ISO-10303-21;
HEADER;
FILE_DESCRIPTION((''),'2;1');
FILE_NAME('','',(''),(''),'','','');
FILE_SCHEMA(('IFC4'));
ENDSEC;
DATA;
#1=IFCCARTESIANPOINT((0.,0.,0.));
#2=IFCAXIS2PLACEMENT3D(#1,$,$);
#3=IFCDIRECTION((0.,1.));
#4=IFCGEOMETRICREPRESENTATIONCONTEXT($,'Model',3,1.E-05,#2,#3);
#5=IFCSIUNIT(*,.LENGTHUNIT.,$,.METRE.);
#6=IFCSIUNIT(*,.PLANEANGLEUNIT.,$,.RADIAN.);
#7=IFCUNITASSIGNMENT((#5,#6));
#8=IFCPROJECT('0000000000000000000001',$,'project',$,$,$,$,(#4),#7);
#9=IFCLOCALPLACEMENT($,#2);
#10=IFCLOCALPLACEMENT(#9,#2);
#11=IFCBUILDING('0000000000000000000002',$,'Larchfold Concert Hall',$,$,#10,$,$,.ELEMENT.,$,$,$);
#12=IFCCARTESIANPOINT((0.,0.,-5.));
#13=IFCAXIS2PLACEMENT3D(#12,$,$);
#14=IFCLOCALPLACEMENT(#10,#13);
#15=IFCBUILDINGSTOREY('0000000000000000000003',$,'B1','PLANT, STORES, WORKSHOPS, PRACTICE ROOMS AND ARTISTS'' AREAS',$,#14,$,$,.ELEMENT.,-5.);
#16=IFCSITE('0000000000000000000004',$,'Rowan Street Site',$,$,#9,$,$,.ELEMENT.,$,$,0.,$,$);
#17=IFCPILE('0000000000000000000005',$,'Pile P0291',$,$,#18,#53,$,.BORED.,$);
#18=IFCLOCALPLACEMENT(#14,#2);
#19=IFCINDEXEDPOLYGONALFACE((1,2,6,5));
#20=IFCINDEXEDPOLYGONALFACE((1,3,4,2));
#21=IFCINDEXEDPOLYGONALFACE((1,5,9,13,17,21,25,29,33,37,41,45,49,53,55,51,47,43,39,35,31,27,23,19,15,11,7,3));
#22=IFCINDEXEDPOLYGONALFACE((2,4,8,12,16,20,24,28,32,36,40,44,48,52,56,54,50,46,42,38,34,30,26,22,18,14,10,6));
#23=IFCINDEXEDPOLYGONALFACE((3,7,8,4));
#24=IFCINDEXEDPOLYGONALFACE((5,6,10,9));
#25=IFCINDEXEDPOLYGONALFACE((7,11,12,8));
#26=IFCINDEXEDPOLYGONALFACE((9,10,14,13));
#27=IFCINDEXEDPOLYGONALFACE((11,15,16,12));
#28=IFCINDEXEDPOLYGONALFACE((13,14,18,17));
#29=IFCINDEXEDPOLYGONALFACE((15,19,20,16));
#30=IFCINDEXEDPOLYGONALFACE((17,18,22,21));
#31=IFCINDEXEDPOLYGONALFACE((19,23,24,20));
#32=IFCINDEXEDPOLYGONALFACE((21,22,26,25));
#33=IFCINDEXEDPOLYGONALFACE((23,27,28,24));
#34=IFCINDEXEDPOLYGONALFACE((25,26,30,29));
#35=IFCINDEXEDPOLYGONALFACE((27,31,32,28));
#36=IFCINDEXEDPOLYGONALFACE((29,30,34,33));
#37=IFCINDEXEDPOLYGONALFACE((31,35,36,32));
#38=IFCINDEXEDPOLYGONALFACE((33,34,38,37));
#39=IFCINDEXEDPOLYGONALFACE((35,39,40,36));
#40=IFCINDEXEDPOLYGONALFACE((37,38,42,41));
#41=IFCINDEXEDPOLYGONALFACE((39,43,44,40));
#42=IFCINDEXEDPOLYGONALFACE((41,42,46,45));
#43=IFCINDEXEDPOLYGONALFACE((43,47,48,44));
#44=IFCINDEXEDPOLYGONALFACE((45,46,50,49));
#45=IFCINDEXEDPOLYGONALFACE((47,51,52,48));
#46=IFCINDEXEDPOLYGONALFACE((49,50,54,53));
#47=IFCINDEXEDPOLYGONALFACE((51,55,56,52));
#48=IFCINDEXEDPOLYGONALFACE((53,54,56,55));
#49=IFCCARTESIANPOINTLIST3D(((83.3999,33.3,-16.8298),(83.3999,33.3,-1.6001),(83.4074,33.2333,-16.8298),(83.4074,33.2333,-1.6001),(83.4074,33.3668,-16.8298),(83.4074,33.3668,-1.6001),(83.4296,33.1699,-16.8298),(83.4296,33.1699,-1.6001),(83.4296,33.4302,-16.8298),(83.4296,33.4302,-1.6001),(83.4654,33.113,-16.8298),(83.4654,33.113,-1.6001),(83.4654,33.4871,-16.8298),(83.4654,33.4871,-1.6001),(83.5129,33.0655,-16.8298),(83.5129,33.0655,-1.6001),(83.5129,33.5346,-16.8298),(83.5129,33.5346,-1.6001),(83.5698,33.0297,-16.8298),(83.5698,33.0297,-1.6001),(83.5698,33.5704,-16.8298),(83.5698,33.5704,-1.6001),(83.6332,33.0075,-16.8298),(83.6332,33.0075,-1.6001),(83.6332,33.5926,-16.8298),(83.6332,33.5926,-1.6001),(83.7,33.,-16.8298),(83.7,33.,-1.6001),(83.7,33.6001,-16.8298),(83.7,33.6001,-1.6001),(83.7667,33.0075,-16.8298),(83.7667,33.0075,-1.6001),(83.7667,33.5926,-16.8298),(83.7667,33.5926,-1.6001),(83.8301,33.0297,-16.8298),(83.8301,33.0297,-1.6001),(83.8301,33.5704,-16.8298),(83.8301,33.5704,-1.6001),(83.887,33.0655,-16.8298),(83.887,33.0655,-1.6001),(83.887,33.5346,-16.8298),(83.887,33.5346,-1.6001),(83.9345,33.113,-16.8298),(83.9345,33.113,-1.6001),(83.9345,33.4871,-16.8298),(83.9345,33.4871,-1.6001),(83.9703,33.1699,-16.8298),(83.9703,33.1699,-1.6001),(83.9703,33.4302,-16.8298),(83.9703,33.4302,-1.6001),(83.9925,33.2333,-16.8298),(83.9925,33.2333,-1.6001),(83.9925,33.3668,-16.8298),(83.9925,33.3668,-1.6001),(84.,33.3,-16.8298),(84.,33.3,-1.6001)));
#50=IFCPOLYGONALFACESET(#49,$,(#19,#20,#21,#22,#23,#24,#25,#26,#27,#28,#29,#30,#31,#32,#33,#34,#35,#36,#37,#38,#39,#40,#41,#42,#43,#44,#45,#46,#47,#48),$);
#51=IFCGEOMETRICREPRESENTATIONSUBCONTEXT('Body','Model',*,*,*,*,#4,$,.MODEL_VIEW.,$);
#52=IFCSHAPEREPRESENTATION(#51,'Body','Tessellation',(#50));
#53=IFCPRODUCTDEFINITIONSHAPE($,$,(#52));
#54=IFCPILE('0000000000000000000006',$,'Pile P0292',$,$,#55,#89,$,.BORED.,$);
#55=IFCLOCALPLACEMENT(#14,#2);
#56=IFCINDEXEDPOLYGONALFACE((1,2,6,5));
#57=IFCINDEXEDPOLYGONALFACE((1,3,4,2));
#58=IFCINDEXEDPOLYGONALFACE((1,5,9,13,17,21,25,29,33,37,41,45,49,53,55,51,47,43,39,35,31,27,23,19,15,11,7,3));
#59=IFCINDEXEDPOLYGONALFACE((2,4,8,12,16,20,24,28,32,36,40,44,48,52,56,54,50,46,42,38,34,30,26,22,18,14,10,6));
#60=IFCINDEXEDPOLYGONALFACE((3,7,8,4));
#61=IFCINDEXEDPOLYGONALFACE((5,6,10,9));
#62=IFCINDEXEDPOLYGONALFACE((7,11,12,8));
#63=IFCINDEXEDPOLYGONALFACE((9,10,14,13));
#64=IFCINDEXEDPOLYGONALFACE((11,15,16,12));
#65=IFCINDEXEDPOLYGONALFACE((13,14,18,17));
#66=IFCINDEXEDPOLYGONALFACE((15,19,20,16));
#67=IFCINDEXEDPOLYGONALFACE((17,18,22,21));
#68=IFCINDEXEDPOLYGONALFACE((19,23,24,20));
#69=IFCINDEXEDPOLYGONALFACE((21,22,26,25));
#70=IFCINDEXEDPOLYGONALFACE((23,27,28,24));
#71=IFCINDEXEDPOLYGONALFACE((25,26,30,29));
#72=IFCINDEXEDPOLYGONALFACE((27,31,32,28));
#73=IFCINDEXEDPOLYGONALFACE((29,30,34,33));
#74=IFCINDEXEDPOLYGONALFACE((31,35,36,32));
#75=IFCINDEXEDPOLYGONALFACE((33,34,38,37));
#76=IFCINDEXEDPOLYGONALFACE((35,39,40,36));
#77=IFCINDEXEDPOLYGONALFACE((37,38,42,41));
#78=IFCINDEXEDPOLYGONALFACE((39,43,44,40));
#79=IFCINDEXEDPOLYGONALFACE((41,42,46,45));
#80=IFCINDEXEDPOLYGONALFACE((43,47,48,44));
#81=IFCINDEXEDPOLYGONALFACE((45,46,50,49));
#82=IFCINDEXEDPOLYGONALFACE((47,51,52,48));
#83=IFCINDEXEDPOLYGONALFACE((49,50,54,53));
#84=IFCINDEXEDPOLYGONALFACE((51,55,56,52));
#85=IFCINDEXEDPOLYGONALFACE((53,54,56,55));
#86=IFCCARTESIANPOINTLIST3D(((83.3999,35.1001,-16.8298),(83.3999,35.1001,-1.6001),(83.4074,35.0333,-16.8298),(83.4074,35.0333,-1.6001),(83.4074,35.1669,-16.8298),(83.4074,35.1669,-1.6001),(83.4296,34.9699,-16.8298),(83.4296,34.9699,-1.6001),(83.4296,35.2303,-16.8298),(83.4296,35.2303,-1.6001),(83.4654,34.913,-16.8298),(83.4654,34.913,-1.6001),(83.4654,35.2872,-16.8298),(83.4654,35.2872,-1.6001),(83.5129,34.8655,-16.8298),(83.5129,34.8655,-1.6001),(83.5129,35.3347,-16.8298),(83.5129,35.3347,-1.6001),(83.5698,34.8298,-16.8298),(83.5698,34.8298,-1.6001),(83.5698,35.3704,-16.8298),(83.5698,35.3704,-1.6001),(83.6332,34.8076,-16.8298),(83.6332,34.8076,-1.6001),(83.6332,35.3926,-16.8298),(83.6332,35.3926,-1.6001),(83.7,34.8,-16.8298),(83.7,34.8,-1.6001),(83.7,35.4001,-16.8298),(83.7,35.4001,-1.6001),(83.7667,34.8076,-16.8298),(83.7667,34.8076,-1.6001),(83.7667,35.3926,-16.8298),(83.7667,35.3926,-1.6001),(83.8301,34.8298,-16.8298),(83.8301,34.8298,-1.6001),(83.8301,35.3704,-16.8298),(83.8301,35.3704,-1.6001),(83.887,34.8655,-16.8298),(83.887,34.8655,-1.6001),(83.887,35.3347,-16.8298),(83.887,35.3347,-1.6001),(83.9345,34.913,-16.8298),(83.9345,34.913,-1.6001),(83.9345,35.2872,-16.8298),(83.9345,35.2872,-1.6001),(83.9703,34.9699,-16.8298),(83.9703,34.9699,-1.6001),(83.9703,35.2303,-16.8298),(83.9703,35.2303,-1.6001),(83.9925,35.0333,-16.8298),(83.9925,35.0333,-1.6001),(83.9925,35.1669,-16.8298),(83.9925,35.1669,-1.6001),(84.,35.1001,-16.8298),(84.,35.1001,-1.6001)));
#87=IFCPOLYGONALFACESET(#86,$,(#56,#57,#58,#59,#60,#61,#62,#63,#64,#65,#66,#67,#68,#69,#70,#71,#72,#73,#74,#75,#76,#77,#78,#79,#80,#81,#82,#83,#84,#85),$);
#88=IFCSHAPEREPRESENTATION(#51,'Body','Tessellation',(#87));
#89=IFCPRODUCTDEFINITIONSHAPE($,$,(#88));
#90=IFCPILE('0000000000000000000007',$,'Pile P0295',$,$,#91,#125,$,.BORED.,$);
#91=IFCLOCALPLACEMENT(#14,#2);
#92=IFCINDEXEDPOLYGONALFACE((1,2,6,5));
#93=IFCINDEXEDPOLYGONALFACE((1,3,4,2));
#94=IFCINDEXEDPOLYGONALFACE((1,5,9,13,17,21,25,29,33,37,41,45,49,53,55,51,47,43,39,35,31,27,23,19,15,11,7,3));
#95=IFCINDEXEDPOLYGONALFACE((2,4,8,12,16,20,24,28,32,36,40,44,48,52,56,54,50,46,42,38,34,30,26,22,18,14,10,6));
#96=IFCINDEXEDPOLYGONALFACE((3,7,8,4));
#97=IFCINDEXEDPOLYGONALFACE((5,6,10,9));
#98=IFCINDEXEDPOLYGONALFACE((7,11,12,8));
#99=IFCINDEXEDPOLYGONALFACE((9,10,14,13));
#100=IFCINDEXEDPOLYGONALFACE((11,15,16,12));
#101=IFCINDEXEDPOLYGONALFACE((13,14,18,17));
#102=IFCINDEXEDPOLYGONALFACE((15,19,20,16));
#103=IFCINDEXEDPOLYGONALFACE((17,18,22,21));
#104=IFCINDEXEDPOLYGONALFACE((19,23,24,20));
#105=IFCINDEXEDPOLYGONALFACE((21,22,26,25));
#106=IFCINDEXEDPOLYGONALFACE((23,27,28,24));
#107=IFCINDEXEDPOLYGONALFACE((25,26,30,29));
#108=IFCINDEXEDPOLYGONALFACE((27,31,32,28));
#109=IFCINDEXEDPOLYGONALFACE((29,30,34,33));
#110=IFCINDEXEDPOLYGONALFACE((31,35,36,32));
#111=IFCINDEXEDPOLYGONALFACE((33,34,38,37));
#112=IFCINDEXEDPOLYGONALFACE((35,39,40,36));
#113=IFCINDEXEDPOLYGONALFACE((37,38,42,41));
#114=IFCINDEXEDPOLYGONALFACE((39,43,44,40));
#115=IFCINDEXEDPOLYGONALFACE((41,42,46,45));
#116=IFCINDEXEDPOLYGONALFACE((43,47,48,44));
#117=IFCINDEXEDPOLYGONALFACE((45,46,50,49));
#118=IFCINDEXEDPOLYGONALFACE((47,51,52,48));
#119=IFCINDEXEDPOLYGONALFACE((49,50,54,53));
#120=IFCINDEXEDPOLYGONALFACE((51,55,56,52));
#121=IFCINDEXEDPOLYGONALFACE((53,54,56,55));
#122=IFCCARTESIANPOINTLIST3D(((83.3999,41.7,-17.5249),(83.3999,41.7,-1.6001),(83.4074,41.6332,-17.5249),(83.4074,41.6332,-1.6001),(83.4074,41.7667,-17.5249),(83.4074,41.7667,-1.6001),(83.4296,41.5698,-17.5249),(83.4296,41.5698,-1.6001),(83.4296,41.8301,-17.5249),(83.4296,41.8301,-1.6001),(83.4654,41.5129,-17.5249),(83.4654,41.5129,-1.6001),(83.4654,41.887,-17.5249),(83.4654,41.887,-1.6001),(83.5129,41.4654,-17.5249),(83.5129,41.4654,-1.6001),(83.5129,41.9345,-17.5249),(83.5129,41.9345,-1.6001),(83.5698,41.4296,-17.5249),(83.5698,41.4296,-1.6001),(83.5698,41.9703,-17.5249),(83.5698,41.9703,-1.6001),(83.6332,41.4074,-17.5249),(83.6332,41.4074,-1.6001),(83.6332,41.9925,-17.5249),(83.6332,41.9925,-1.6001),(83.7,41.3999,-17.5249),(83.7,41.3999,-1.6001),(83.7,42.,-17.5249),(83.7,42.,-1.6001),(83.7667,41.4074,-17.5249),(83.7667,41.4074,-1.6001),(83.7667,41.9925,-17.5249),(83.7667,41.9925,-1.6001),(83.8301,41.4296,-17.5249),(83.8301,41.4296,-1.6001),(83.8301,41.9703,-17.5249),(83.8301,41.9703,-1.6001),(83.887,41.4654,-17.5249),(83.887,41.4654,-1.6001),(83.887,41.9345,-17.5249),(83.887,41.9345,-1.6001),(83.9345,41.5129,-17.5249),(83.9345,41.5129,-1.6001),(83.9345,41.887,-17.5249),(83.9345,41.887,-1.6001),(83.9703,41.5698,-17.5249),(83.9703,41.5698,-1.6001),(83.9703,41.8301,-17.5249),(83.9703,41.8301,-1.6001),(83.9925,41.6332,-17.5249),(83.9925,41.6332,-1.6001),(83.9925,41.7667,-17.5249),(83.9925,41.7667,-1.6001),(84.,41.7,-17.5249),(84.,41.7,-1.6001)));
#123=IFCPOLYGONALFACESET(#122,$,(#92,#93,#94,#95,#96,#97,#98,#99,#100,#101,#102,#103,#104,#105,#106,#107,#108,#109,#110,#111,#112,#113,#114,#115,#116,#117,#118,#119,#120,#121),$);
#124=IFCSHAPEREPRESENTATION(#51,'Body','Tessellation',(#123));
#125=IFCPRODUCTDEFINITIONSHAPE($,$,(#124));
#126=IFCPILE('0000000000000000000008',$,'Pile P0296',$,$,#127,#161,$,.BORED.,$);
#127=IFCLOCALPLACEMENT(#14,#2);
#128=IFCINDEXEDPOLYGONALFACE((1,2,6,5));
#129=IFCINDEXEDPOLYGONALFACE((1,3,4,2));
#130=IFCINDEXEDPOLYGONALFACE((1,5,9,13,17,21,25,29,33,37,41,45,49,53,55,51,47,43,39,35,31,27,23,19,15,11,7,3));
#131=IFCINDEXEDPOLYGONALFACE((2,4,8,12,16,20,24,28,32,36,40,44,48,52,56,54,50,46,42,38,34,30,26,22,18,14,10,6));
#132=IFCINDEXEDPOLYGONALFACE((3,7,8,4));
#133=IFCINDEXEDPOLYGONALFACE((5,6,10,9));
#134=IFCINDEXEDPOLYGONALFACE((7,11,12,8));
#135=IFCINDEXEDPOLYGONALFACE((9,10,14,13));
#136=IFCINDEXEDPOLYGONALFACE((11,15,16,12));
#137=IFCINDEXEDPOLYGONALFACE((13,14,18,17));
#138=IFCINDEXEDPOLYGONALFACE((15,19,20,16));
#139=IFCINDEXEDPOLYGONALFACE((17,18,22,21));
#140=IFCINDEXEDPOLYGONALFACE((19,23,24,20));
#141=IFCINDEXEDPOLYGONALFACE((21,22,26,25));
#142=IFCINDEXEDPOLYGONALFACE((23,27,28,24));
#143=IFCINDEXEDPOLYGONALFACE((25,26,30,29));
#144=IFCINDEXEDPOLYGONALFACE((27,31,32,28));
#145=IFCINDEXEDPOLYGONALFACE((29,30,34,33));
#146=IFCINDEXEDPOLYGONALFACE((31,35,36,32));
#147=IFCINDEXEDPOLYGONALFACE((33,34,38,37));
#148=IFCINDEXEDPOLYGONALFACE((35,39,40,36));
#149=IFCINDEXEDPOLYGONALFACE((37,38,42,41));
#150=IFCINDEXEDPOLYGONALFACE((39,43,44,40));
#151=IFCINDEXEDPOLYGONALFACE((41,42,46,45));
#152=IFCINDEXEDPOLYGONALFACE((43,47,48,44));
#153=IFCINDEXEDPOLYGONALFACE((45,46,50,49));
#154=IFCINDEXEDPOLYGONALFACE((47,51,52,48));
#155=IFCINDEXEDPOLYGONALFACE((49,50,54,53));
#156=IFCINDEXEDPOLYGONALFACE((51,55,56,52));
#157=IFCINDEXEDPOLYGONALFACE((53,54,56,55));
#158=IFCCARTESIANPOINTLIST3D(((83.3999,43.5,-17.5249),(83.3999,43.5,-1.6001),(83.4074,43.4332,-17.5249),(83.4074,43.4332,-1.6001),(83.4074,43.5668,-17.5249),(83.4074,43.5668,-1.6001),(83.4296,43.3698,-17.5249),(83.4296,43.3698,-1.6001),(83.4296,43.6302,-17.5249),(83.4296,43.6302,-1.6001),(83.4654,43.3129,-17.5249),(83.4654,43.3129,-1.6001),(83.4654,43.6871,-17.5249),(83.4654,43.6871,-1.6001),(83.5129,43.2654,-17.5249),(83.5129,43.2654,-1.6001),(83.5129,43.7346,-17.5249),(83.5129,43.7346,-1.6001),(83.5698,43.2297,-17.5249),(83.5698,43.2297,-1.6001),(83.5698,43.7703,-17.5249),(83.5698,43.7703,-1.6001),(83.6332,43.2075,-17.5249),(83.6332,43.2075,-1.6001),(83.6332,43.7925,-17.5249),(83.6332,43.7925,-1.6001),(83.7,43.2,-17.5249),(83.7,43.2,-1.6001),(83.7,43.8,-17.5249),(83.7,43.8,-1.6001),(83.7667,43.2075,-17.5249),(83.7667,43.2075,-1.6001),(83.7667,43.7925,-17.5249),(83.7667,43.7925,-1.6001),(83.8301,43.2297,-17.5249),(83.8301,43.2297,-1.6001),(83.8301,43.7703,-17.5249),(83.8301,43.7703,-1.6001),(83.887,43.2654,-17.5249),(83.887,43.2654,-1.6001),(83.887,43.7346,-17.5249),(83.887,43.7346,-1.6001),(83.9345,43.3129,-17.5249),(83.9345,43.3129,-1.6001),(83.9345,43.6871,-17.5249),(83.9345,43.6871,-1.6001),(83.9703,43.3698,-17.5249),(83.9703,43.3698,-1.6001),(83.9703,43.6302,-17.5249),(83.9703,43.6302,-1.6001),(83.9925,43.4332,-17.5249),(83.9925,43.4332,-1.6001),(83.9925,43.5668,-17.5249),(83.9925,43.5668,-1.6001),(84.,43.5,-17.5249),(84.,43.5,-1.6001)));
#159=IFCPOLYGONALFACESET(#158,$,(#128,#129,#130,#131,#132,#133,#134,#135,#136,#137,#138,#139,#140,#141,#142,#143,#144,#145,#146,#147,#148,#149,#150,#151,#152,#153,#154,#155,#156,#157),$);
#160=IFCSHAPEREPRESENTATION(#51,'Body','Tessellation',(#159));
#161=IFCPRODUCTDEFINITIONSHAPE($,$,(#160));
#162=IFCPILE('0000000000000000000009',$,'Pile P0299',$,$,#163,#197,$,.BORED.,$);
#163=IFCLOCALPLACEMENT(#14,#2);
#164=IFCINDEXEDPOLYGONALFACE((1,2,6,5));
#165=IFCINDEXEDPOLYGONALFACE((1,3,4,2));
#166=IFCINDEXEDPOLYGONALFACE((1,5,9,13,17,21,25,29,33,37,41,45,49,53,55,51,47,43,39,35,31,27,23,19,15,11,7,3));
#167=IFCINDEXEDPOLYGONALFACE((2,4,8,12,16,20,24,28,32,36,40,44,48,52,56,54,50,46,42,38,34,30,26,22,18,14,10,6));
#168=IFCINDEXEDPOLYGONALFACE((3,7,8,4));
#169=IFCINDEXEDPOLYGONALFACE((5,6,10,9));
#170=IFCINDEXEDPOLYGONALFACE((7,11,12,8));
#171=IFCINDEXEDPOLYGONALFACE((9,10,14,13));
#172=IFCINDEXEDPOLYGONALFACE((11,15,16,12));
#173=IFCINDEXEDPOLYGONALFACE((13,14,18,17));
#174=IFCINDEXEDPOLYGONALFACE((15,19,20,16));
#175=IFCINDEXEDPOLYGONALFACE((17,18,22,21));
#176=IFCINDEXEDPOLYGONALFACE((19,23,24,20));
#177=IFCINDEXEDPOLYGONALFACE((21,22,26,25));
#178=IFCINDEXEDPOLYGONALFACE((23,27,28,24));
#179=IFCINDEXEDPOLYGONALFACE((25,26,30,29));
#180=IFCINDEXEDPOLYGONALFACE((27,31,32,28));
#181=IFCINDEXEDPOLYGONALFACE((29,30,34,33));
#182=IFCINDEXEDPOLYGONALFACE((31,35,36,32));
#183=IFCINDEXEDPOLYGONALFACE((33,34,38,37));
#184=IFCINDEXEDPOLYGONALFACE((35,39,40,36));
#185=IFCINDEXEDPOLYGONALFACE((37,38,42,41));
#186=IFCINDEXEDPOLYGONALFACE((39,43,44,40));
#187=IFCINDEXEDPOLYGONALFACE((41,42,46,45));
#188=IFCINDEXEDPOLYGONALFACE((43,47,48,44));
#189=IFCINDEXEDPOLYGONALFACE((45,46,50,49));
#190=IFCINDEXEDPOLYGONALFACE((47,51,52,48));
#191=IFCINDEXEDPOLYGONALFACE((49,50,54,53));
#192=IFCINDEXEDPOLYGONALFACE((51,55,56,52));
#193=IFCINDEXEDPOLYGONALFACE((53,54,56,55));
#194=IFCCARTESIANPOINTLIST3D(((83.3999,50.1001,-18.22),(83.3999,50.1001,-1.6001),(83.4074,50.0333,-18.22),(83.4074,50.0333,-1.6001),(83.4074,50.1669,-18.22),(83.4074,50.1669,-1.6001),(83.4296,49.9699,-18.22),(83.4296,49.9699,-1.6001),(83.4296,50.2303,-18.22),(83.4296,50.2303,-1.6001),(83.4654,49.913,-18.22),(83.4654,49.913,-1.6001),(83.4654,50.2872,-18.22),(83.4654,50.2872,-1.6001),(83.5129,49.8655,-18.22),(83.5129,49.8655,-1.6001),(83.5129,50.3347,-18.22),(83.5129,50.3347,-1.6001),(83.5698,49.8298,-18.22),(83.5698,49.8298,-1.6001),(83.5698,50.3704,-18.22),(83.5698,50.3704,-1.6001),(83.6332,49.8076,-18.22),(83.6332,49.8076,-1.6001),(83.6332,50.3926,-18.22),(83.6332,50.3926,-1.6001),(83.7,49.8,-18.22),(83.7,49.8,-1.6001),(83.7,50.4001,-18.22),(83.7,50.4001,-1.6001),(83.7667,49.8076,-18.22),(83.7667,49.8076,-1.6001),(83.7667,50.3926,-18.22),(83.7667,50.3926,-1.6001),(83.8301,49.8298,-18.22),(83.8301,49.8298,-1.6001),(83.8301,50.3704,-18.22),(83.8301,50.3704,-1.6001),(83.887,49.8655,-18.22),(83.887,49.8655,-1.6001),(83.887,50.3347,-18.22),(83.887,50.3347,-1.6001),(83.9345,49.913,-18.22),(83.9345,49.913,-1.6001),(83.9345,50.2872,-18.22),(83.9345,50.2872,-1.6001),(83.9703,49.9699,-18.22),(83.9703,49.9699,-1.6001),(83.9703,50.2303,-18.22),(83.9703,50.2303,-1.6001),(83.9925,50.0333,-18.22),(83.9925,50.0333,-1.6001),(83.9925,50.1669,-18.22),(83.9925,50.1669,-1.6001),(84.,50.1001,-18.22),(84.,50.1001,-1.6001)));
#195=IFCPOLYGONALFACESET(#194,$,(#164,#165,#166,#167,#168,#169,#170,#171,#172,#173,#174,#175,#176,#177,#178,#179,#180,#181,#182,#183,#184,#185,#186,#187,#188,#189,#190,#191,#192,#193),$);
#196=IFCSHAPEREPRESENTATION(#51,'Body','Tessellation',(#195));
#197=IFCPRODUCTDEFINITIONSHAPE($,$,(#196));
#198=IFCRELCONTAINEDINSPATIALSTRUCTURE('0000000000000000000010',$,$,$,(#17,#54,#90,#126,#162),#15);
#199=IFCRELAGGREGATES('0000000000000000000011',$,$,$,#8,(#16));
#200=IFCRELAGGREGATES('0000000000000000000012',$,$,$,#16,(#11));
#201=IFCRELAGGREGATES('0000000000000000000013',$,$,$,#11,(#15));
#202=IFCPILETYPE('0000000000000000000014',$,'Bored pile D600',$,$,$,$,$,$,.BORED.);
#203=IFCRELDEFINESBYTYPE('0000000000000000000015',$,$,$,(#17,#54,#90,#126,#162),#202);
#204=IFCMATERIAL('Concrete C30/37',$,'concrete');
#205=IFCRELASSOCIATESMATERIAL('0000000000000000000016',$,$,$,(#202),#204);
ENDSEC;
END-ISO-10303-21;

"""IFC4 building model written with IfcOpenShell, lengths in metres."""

from ifc_helpers import new_model, si_unit, direction, frame, origin, origin_2d, place, context, subcontext, project, spatial, circle, extrude, material, material_profile, profile_set, type_object, element, save


model = new_model("IFC4")

# Units and contexts
model_context = context("Model", 3, precision=1e-05, world=origin(), true_north=direction((0.0, 1.0)))
body_context = subcontext(model_context, "Body", "Model", "MODEL_VIEW")
ifc_project = project(units=[si_unit("LENGTHUNIT", "METRE"), si_unit("PLANEANGLEUNIT", "RADIAN")], contexts=[model_context])

# Site, building, storey
site_placement = place(None, origin())
site = spatial("IfcSite", under=ifc_project, at=site_placement, Name="Rowan Street Site", CompositionType="ELEMENT", RefElevation=0.0)
building_placement = place(site_placement, origin())
building = spatial("IfcBuilding", under=site, at=building_placement, Name="Larchfold Concert Hall", CompositionType="ELEMENT")
storey_placement = place(building_placement, frame((0.0, 0.0, -5.0)))
storey = spatial("IfcBuildingStorey", under=building, at=storey_placement, Name="B1", Description="PLANT, STORES, WORKSHOPS, PRACTICE ROOMS AND ARTISTS' AREAS", CompositionType="ELEMENT", Elevation=-5.0)

# Piles
ifc_material_1 = material(Name="Concrete C30/37", Category="concrete")
ifc_material_profile_1 = material_profile(ifc_material_1, circle(Radius=0.3, at=origin_2d()))
ifc_profile_set_1 = profile_set([ifc_material_profile_1], Name="Concrete C30/37")
pile_type_1 = type_object("IfcPileType", Name="Bored pile D600", PredefinedType="BORED", material=ifc_profile_set_1)
for number, where, z_axis, x_axis, name in (
    (1, (83.7, 33.3, -1.6001), (0.0, 0.0, -1.0), (1.0, 0.0, 0.0), "Pile P0291"),
    (2, (83.7, 35.1001, -1.6001), (0.0, 0.0, -1.0), (1.0, 0.0, 0.0), "Pile P0292"),
):
    element("IfcPile", number, at=place(storey_placement, frame(where, z_axis=z_axis, x_axis=x_axis)), inside=storey, type_object=pile_type_1, Name=name, PredefinedType="BORED", context=body_context, shape_type="SweptSolid", body=[
        extrude(circle(Radius=0.3, at=origin_2d()), origin(), (0.0, 0.0, 1.0), 15.2297),
    ])
for number, where, z_axis, x_axis, name in (
    (3, (83.7, 41.7, -1.6001), (0.0, 0.0, -1.0), (1.0, 0.0, 0.0), "Pile P0295"),
    (4, (83.7, 43.5, -1.6001), (0.0, 0.0, -1.0), (1.0, 0.0, 0.0), "Pile P0296"),
):
    element("IfcPile", number, at=place(storey_placement, frame(where, z_axis=z_axis, x_axis=x_axis)), inside=storey, type_object=pile_type_1, Name=name, PredefinedType="BORED", context=body_context, shape_type="SweptSolid", body=[
        extrude(circle(Radius=0.3, at=origin_2d()), origin(), (0.0, 0.0, 1.0), 15.9248),
    ])
for number, where, z_axis, x_axis, name in (
    (5, (83.7, 50.1001, -1.6001), (0.0, 0.0, -1.0), (1.0, 0.0, 0.0), "Pile P0299"),
):
    element("IfcPile", number, at=place(storey_placement, frame(where, z_axis=z_axis, x_axis=x_axis)), inside=storey, type_object=pile_type_1, Name=name, PredefinedType="BORED", context=body_context, shape_type="SweptSolid", body=[
        extrude(circle(Radius=0.3, at=origin_2d()), origin(), (0.0, 0.0, 1.0), 16.6199),
    ])

save(model, "model.ifc")
